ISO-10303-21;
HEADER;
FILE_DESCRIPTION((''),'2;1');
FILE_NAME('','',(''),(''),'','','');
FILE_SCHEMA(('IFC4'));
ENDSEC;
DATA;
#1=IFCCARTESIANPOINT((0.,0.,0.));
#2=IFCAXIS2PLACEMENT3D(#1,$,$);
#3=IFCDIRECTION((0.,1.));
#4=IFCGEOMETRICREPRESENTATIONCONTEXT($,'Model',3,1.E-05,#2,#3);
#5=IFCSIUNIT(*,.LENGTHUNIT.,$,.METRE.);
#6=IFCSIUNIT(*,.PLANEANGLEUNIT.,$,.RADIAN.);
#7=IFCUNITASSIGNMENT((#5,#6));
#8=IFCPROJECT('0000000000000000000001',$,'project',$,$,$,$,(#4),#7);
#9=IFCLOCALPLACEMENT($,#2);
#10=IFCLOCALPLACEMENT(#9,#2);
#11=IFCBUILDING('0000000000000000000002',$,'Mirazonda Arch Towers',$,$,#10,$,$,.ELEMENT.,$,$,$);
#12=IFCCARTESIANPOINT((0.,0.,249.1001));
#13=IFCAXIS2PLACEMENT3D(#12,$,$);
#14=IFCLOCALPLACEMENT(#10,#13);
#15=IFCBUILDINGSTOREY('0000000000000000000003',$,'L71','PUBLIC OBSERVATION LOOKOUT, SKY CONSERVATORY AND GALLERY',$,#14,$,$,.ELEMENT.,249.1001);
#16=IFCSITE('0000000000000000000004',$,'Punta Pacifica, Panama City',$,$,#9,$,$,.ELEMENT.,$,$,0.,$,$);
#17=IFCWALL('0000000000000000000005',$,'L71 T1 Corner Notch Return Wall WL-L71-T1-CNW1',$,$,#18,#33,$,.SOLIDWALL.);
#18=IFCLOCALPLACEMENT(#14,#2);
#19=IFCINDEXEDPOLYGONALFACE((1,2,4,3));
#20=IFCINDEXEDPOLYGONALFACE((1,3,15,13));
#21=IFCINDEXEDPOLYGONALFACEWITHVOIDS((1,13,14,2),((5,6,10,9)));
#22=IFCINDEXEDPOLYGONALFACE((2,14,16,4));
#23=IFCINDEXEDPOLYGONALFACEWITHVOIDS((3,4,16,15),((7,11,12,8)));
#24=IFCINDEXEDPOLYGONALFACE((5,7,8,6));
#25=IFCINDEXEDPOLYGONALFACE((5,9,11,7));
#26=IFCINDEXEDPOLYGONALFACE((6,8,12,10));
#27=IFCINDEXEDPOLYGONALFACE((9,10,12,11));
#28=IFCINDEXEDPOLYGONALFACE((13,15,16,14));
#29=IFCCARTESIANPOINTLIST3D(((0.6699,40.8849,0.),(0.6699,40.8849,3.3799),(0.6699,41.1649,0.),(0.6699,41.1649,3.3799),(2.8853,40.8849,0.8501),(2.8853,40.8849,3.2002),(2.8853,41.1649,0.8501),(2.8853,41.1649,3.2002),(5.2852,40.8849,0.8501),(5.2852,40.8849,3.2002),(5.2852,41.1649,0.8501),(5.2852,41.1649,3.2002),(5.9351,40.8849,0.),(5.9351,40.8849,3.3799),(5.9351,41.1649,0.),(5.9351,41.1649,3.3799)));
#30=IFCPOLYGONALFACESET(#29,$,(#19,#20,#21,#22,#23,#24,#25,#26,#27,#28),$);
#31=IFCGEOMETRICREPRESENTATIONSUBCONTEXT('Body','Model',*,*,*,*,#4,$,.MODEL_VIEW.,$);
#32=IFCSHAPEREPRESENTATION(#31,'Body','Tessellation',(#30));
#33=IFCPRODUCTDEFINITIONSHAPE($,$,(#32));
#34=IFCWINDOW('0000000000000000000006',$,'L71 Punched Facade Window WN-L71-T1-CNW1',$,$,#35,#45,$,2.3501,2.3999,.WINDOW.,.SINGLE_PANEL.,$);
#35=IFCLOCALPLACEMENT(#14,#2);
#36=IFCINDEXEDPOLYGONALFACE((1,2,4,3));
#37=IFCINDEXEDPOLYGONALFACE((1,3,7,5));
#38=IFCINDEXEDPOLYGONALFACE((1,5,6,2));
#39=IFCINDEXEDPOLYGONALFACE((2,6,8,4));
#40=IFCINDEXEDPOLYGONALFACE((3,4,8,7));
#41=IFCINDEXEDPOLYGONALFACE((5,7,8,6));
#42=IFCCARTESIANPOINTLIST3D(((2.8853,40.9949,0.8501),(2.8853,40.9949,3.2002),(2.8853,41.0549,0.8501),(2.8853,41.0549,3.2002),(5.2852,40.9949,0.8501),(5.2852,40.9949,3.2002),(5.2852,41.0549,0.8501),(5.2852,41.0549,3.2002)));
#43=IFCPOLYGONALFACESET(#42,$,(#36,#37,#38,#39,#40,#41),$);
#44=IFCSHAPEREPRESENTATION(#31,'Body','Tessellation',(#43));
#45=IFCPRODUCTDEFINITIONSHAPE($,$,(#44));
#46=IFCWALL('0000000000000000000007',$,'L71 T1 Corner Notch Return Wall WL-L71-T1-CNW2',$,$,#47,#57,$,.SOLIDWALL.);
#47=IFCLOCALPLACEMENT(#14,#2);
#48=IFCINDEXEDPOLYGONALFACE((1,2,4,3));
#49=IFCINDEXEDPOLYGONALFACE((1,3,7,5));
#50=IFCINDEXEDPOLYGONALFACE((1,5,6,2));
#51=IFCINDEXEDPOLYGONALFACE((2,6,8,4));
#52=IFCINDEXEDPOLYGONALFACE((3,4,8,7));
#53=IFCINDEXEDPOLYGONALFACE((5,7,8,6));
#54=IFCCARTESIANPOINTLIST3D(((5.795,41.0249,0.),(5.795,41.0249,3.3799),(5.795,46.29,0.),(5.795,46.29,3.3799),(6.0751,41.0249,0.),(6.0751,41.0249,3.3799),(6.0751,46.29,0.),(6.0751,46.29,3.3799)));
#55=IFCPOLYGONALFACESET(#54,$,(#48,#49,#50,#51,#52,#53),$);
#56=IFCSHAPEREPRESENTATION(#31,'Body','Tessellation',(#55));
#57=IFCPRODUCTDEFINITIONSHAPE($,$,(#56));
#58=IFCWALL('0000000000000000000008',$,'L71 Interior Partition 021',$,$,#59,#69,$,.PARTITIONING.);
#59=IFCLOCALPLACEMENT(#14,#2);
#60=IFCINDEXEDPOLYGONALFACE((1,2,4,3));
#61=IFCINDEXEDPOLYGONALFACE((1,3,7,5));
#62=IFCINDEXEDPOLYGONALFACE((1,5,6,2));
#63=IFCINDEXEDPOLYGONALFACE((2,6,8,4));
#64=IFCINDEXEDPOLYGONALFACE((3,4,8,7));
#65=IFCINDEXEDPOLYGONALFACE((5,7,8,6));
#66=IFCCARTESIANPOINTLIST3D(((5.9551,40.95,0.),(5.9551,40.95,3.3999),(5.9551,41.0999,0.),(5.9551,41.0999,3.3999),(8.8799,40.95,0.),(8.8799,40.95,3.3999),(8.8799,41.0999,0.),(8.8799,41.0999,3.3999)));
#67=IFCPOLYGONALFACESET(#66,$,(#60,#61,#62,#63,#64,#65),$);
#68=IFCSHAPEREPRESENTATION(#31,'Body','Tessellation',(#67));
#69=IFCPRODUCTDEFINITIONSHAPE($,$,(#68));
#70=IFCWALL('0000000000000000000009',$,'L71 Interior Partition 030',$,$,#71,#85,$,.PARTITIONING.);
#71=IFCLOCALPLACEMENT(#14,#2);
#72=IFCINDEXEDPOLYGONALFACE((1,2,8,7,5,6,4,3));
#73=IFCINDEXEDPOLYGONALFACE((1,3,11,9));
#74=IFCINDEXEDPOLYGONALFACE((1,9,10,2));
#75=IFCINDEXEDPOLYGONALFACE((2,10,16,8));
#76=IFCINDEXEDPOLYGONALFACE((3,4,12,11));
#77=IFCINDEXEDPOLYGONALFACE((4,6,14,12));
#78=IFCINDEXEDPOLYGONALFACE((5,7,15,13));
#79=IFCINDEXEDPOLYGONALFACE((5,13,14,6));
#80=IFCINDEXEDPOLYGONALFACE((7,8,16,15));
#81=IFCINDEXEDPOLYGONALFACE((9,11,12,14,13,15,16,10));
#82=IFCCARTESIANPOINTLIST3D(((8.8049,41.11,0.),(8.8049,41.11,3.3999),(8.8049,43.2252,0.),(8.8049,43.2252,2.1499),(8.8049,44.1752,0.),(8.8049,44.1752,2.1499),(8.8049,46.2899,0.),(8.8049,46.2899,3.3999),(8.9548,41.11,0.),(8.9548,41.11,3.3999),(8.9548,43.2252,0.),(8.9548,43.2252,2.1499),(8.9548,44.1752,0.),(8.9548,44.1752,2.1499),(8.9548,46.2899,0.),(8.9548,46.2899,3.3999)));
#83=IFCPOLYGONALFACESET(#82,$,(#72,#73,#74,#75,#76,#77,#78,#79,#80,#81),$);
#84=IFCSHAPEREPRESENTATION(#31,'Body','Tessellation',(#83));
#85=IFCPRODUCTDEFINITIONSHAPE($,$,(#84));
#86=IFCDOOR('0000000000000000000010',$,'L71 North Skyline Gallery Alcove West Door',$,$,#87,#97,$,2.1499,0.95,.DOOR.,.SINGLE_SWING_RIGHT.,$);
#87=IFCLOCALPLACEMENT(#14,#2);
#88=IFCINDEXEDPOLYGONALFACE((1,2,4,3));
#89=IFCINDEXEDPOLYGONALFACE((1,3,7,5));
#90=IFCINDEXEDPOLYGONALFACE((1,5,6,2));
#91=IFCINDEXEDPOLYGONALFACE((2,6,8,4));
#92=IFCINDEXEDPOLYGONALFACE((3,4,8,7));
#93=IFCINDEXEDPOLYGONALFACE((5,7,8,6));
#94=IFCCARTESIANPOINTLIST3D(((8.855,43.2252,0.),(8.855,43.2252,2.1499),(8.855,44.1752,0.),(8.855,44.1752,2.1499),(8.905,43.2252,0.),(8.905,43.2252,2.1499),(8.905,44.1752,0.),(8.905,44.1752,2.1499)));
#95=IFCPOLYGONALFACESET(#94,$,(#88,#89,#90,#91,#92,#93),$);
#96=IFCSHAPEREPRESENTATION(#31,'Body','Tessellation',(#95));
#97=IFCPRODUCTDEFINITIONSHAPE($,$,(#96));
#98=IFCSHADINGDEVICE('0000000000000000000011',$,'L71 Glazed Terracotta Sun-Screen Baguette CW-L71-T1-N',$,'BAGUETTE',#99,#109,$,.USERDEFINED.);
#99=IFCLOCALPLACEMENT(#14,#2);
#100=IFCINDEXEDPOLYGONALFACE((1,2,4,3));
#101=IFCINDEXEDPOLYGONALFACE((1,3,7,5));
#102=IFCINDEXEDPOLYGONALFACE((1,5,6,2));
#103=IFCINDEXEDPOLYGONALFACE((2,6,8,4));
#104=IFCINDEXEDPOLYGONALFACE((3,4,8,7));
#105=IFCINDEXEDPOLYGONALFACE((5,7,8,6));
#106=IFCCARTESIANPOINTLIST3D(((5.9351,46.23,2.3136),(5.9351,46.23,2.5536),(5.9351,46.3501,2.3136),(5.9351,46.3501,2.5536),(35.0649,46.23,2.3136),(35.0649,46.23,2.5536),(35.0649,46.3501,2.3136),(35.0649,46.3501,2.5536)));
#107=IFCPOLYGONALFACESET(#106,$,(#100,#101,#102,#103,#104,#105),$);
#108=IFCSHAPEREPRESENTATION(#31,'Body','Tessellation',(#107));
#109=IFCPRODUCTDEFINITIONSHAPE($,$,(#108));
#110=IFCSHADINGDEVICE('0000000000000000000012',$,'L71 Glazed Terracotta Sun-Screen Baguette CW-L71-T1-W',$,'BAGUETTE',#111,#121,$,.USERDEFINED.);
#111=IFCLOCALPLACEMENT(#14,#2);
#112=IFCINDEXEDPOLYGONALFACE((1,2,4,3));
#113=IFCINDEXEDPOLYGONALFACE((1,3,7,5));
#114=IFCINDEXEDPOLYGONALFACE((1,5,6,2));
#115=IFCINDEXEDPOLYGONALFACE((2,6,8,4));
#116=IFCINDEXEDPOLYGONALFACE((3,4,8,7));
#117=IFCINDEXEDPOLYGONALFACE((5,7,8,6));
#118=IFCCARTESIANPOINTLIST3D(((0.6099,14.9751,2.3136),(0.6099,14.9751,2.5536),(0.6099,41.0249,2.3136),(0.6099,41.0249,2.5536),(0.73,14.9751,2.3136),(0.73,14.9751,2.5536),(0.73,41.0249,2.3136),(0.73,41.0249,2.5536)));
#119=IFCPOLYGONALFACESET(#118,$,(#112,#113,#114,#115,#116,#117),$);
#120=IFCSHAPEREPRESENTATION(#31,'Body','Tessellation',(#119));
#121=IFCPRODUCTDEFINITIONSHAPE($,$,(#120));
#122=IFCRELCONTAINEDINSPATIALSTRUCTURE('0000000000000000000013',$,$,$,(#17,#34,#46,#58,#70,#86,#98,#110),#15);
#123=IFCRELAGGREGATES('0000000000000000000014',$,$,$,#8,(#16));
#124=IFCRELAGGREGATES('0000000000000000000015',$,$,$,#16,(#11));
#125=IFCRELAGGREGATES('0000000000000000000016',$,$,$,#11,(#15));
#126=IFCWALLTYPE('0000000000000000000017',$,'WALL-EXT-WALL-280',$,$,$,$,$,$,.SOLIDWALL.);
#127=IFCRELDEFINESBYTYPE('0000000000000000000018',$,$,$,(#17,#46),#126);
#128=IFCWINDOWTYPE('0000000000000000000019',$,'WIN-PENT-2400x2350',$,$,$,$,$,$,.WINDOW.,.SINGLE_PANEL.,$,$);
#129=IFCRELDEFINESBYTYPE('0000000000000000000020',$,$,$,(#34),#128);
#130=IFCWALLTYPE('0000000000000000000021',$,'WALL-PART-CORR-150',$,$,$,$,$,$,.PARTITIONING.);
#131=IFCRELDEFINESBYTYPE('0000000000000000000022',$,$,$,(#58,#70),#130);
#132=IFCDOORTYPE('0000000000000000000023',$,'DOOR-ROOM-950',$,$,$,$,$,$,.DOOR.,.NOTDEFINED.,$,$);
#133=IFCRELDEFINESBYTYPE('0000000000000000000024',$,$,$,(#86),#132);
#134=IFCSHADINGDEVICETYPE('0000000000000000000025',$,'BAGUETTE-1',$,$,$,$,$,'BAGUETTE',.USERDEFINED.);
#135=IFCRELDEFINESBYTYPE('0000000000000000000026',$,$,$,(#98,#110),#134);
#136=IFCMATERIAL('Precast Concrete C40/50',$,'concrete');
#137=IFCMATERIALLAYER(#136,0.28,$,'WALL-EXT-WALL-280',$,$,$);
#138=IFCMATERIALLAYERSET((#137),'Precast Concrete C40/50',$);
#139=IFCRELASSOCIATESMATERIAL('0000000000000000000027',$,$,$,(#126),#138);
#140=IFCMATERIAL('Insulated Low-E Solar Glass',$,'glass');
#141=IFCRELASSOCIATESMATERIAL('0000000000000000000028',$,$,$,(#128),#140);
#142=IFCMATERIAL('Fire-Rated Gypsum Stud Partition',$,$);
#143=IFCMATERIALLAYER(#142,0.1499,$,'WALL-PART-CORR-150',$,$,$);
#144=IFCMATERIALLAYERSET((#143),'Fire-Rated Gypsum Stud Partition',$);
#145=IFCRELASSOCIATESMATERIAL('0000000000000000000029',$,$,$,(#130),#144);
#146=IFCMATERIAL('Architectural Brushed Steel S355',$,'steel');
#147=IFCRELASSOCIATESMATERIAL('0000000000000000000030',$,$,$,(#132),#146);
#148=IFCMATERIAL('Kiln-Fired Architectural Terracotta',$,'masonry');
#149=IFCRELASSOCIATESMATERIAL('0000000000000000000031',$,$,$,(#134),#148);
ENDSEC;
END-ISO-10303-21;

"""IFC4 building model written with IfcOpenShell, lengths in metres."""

from ifc_helpers import new_model, si_unit, direction, frame, frame_2d, origin, origin_2d, place, context, subcontext, project, spatial, rectangle, extrude, material, layer, layer_set, material_profile, profile_set, type_object, element, fill, save


model = new_model("IFC4")

# Units and contexts
model_context = context("Model", 3, precision=1e-05, world=origin(), true_north=direction((0.0, 1.0)))
body_context = subcontext(model_context, "Body", "Model", "MODEL_VIEW")
ifc_project = project(units=[si_unit("LENGTHUNIT", "METRE"), si_unit("PLANEANGLEUNIT", "RADIAN")], contexts=[model_context])

# Site, building, storey
site_placement = place(None, origin())
site = spatial("IfcSite", under=ifc_project, at=site_placement, Name="Punta Pacifica, Panama City", CompositionType="ELEMENT", RefElevation=0.0)
building_placement = place(site_placement, origin())
building = spatial("IfcBuilding", under=site, at=building_placement, Name="Mirazonda Arch Towers", CompositionType="ELEMENT")
storey_placement = place(building_placement, frame((0.0, 0.0, 249.1001)))
storey = spatial("IfcBuildingStorey", under=building, at=storey_placement, Name="L71", Description="PUBLIC OBSERVATION LOOKOUT, SKY CONSERVATORY AND GALLERY", CompositionType="ELEMENT", Elevation=249.1001)

# Shared definitions
ifc_material_1 = material(Name="Insulated Low-E Solar Glass", Category="glass")

# Wall, opening, window
ifc_material_2 = material(Name="Precast Concrete C40/50", Category="concrete")
ifc_layer_1 = layer(ifc_material_2, 0.28, Name="WALL-EXT-WALL-280")
ifc_layer_set_1 = layer_set([ifc_layer_1], Name="Precast Concrete C40/50")
wall_type_1 = type_object("IfcWallType", Name="WALL-EXT-WALL-280", PredefinedType="SOLIDWALL", material=ifc_layer_set_1)
wall_1_placement = place(storey_placement, frame((5.9351, 41.0249, 0.0), z_axis=(0.0, 0.0, 1.0), x_axis=(-1.0, 0.0, 0.0)))
wall_1 = element("IfcWall", 1, at=wall_1_placement, inside=storey, type_object=wall_type_1, Name="L71 T1 Corner Notch Return Wall WL-L71-T1-CNW1", PredefinedType="SOLIDWALL", context=body_context, shape_type="SweptSolid", body=[
    extrude(rectangle(XDim=5.2651, YDim=0.28, at=frame_2d((2.6326, 0.0))), origin(), (0.0, 0.0, 1.0), 3.3799),
])
opening_1_placement = place(wall_1_placement, frame((0.6499, 0.0, 0.8501)))
opening_1 = element("IfcOpeningElement", 2, at=opening_1_placement, cuts=wall_1, PredefinedType="OPENING", context=body_context, shape_type="SweptSolid", body=[
    extrude(rectangle(XDim=2.3999, YDim=2.3501, at=frame_2d((1.2, 1.175))), frame((0.0, 0.1499, 0.0), z_axis=(0.0, -1.0, 0.0), x_axis=(1.0, 0.0, 0.0)), (0.0, 0.0, 1.0), 0.3),
])
window_type = type_object("IfcWindowType", Name="WIN-PENT-2400x2350", PartitioningType="SINGLE_PANEL", PredefinedType="WINDOW", material=ifc_material_1)
window_placement = place(opening_1_placement, origin())
window = element("IfcWindow", 3, at=window_placement, inside=storey, type_object=window_type, Name="L71 Punched Facade Window WN-L71-T1-CNW1", OverallHeight=2.3501, OverallWidth=2.3999, PartitioningType="SINGLE_PANEL", PredefinedType="WINDOW", context=body_context, shape_type="SweptSolid", body=[
    extrude(rectangle(XDim=2.3999, YDim=2.3501, at=frame_2d((1.2, 1.175))), frame((0.0, 0.03, 0.0), z_axis=(0.0, -1.0, 0.0), x_axis=(1.0, 0.0, 0.0)), (0.0, 0.0, 1.0), 0.0601),
])
fill(opening_1, window)

# Walls
wall_2_placement = place(storey_placement, frame((5.9351, 46.29, 0.0), z_axis=(0.0, 0.0, 1.0), x_axis=(0.0, -1.0, 0.0)))
element("IfcWall", 4, at=wall_2_placement, inside=storey, type_object=wall_type_1, Name="L71 T1 Corner Notch Return Wall WL-L71-T1-CNW2", PredefinedType="SOLIDWALL", context=body_context, shape_type="SweptSolid", body=[
    extrude(rectangle(XDim=5.2651, YDim=0.28, at=frame_2d((2.6326, 0.0))), origin(), (0.0, 0.0, 1.0), 3.3799),
])
ifc_material_3 = material(Name="Fire-Rated Gypsum Stud Partition")
ifc_layer_2 = layer(ifc_material_3, 0.1499, Name="WALL-PART-CORR-150")
ifc_layer_set_2 = layer_set([ifc_layer_2], Name="Fire-Rated Gypsum Stud Partition")
wall_type_2 = type_object("IfcWallType", Name="WALL-PART-CORR-150", PredefinedType="PARTITIONING", material=ifc_layer_set_2)
wall_3_placement = place(storey_placement, frame((5.9551, 41.0249, 0.0), z_axis=(0.0, 0.0, 1.0), x_axis=(1.0, 0.0, 0.0)))
element("IfcWall", 5, at=wall_3_placement, inside=storey, type_object=wall_type_2, Name="L71 Interior Partition 021", PredefinedType="PARTITIONING", context=body_context, shape_type="SweptSolid", body=[
    extrude(rectangle(XDim=2.9248, YDim=0.1499, at=frame_2d((1.4624, 0.0))), origin(), (0.0, 0.0, 1.0), 3.3999),
])

# Wall, opening, door
wall_4_placement = place(storey_placement, frame((8.8799, 41.1101, 0.0), z_axis=(0.0, 0.0, 1.0), x_axis=(0.0, 1.0, 0.0)))
wall_4 = element("IfcWall", 6, at=wall_4_placement, inside=storey, type_object=wall_type_2, Name="L71 Interior Partition 030", PredefinedType="PARTITIONING", context=body_context, shape_type="SweptSolid", body=[
    extrude(rectangle(XDim=5.1799, YDim=0.1499, at=frame_2d((2.5898, 0.0))), origin(), (0.0, 0.0, 1.0), 3.3999),
])
opening_2_placement = place(wall_4_placement, frame((2.115, 0.0, 0.0)))
opening_2 = element("IfcOpeningElement", 7, at=opening_2_placement, cuts=wall_4, PredefinedType="OPENING", context=body_context, shape_type="SweptSolid", body=[
    extrude(rectangle(XDim=0.95, YDim=2.1499, at=frame_2d((0.4751, 1.075))), frame((0.0, 0.085, 0.0), z_axis=(0.0, -1.0, 0.0), x_axis=(1.0, 0.0, 0.0)), (0.0, 0.0, 1.0), 0.1699),
])
ifc_material_4 = material(Name="Architectural Brushed Steel S355", Category="steel")
door_type = type_object("IfcDoorType", Name="DOOR-ROOM-950", OperationType="NOTDEFINED", PredefinedType="DOOR", material=ifc_material_4)
door_placement = place(opening_2_placement, origin())
door = element("IfcDoor", 8, at=door_placement, inside=storey, type_object=door_type, Name="L71 North Skyline Gallery Alcove West Door", OperationType="SINGLE_SWING_RIGHT", OverallHeight=2.1499, OverallWidth=0.95, PredefinedType="DOOR", context=body_context, shape_type="SweptSolid", body=[
    extrude(rectangle(XDim=0.95, YDim=2.1499, at=frame_2d((0.4751, 1.075))), frame((0.0, 0.0249, 0.0), z_axis=(0.0, -1.0, 0.0), x_axis=(1.0, 0.0, 0.0)), (0.0, 0.0, 1.0), 0.05),
])
fill(opening_2, door)

# Shading devices
ifc_material_5 = material(Name="Kiln-Fired Architectural Terracotta", Category="masonry")
ifc_material_profile_1 = material_profile(ifc_material_5, rectangle(XDim=0.1201, YDim=0.24, at=origin_2d()), Name="TERRA-BAG-120x240")
ifc_profile_set_1 = profile_set([ifc_material_profile_1], Name="Kiln-Fired Architectural Terracotta")
shading_device_type = type_object("IfcShadingDeviceType", Name="BAGUETTE-1", ElementType="BAGUETTE", PredefinedType="USERDEFINED", material=ifc_profile_set_1)
shading_device_1_placement = place(storey_placement, frame((5.9351, 46.29, 2.4336), z_axis=(1.0, 0.0, 0.0), x_axis=(0.0, 1.0, 0.0)))
element("IfcShadingDevice", 9, at=shading_device_1_placement, inside=storey, type_object=shading_device_type, Name="L71 Glazed Terracotta Sun-Screen Baguette CW-L71-T1-N", ObjectType="BAGUETTE", PredefinedType="USERDEFINED", context=body_context, shape_type="SweptSolid", body=[
    extrude(rectangle(XDim=0.1201, YDim=0.24, at=origin_2d()), origin(), (0.0, 0.0, 1.0), 29.1299),
])
shading_device_2_placement = place(storey_placement, frame((0.6699, 41.0249, 2.4336), z_axis=(0.0, -1.0, 0.0), x_axis=(1.0, 0.0, 0.0)))
element("IfcShadingDevice", 10, at=shading_device_2_placement, inside=storey, type_object=shading_device_type, Name="L71 Glazed Terracotta Sun-Screen Baguette CW-L71-T1-W", ObjectType="BAGUETTE", PredefinedType="USERDEFINED", context=body_context, shape_type="SweptSolid", body=[
    extrude(rectangle(XDim=0.1201, YDim=0.24, at=origin_2d()), origin(), (0.0, 0.0, 1.0), 26.0498),
])

save(model, "model.ifc")
